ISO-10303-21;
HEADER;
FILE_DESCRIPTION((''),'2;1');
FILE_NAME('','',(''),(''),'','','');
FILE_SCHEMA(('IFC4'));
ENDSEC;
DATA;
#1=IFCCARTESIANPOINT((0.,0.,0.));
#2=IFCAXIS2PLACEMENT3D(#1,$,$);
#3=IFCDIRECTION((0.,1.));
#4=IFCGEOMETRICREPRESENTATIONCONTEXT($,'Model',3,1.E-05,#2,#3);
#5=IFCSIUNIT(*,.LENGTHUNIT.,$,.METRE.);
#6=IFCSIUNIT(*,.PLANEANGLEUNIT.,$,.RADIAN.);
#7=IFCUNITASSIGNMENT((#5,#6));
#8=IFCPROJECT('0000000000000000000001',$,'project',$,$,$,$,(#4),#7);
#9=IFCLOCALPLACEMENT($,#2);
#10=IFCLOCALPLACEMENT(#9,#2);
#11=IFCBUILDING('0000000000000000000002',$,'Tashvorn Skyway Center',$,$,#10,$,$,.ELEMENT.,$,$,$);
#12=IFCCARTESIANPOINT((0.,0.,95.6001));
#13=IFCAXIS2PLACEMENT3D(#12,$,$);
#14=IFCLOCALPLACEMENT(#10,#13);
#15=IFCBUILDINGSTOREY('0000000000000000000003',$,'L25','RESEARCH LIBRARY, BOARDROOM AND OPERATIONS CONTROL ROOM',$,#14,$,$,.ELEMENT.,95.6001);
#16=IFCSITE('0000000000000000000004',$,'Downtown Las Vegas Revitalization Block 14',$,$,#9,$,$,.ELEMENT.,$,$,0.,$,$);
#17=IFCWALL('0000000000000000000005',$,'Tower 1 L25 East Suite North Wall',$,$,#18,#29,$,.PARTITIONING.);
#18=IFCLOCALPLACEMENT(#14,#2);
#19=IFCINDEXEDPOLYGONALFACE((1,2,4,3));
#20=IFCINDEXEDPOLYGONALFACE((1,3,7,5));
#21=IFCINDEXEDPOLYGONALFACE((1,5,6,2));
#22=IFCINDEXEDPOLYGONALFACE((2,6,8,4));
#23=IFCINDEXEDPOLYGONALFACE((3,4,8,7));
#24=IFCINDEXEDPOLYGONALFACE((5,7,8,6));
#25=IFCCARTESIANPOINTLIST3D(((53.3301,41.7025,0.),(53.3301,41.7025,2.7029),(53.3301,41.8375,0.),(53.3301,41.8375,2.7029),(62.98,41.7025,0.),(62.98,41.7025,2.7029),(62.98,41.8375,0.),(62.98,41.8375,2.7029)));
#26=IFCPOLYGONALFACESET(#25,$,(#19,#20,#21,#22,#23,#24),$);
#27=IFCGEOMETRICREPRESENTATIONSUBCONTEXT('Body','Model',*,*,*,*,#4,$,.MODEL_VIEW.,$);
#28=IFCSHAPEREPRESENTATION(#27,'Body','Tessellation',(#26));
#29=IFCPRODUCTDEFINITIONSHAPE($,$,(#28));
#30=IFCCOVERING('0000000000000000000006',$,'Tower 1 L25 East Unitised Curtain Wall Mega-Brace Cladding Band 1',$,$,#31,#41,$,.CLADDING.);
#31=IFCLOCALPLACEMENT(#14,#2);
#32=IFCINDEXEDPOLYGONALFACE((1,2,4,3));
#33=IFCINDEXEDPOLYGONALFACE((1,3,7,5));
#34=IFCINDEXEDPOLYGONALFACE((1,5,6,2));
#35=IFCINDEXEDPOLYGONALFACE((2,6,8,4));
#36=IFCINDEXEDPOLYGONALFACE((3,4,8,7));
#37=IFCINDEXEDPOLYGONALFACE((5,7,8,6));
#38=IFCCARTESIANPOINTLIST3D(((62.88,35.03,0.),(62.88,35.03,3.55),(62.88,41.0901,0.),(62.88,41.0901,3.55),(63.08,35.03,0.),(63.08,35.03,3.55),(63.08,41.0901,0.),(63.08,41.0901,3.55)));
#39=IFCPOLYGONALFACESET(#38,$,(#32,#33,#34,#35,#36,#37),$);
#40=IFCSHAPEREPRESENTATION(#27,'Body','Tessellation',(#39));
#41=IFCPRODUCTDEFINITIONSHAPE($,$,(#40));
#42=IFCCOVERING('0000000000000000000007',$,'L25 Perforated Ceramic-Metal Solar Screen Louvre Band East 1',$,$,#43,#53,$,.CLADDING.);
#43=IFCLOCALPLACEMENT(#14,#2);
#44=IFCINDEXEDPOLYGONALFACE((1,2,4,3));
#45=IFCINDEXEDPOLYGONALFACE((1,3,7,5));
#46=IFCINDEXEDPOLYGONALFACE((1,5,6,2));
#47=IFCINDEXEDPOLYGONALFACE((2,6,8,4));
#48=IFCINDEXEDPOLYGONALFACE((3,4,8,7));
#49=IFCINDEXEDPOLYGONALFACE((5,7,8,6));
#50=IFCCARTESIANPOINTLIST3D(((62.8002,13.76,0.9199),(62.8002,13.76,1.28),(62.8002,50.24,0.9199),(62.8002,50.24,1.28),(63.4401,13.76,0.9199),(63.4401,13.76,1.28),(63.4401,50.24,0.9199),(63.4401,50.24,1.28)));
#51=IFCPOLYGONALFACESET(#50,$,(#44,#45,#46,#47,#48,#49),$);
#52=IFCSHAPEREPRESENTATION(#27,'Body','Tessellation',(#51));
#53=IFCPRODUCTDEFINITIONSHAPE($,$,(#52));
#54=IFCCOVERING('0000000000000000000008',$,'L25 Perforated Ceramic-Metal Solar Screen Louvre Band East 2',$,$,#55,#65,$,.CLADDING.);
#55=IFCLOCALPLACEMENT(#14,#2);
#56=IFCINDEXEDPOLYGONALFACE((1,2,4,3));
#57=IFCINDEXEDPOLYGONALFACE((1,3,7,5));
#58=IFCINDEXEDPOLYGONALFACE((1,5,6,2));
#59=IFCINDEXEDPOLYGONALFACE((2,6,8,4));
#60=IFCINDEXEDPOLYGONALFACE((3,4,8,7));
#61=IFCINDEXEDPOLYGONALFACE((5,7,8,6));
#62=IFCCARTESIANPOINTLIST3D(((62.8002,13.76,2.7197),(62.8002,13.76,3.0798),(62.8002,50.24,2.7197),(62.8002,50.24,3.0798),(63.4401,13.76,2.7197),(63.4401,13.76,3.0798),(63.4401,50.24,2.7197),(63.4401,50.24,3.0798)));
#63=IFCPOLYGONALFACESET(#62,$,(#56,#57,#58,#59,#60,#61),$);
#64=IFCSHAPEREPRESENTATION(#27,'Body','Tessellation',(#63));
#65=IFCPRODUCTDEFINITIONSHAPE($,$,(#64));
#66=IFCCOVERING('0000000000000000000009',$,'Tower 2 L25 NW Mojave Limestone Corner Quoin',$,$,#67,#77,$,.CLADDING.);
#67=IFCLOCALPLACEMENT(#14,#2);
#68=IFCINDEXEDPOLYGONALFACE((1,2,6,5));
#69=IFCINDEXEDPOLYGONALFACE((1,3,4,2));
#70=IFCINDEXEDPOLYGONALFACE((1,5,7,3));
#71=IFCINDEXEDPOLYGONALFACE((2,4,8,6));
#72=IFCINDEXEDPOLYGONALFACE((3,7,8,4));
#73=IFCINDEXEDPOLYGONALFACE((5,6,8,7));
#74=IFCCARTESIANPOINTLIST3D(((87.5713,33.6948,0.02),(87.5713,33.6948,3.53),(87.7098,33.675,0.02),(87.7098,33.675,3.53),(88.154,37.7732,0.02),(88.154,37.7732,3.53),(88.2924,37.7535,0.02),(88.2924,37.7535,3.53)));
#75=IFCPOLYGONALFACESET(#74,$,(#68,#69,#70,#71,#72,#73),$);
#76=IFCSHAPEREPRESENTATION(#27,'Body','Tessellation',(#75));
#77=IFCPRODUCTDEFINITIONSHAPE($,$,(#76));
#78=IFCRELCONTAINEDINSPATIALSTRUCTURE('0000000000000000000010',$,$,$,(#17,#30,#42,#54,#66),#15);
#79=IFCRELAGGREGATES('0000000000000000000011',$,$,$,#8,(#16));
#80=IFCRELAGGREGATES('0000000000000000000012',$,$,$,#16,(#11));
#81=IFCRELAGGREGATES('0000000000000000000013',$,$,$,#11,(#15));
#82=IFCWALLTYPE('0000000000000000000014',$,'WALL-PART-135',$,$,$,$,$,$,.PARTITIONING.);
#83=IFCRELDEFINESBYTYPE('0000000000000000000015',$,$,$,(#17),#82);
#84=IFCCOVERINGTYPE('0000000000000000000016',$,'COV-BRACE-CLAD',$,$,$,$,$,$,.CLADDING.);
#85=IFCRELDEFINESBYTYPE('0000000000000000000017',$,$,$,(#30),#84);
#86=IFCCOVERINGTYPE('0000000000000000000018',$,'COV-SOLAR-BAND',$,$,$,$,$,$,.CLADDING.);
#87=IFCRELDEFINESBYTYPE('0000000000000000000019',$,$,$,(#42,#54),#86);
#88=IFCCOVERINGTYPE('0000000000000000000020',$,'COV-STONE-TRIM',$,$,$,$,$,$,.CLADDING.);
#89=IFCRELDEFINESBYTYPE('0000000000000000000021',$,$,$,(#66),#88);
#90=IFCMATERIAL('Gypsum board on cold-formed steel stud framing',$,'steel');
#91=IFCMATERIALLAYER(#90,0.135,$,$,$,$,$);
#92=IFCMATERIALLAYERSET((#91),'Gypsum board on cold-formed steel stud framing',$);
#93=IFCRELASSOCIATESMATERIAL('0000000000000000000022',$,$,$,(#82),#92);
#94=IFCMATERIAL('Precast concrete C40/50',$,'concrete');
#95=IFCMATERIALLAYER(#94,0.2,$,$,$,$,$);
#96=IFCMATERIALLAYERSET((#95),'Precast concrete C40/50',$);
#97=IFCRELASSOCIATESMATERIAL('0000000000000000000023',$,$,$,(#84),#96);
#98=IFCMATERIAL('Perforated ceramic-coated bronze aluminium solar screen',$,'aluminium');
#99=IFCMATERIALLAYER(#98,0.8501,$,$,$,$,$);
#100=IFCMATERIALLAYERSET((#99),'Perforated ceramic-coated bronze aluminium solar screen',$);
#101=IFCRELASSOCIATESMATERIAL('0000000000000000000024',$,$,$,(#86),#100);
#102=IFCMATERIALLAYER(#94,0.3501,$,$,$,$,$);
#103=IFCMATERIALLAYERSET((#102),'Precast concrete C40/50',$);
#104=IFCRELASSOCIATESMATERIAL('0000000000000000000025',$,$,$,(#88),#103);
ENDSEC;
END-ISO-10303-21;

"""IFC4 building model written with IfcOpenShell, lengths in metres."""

from ifc_helpers import new_model, si_unit, direction, frame, frame_2d, origin, origin_2d, place, context, subcontext, project, spatial, rectangle, extrude, material, layer, layer_set, type_object, element, save


model = new_model("IFC4")

# Units and contexts
model_context = context("Model", 3, precision=1e-05, world=origin(), true_north=direction((0.0, 1.0)))
body_context = subcontext(model_context, "Body", "Model", "MODEL_VIEW")
ifc_project = project(units=[si_unit("LENGTHUNIT", "METRE"), si_unit("PLANEANGLEUNIT", "RADIAN")], contexts=[model_context])

# Site, building, storey
site_placement = place(None, origin())
site = spatial("IfcSite", under=ifc_project, at=site_placement, Name="Downtown Las Vegas Revitalization Block 14", CompositionType="ELEMENT", RefElevation=0.0)
building_placement = place(site_placement, origin())
building = spatial("IfcBuilding", under=site, at=building_placement, Name="Tashvorn Skyway Center", CompositionType="ELEMENT")
storey_placement = place(building_placement, frame((0.0, 0.0, 95.6001)))
storey = spatial("IfcBuildingStorey", under=building, at=storey_placement, Name="L25", Description="RESEARCH LIBRARY, BOARDROOM AND OPERATIONS CONTROL ROOM", CompositionType="ELEMENT", Elevation=95.6001)

# Wall
ifc_material_1 = material(Name="Precast concrete C40/50", Category="concrete")
ifc_material_2 = material(Name="Gypsum board on cold-formed steel stud framing", Category="steel")
ifc_layer_1 = layer(ifc_material_2, 0.135)
ifc_layer_set_1 = layer_set([ifc_layer_1], Name="Gypsum board on cold-formed steel stud framing")
wall_type_1 = type_object("IfcWallType", Name="WALL-PART-135", PredefinedType="PARTITIONING", material=ifc_layer_set_1)
wall_1_placement = place(storey_placement, frame((62.98, 41.77, 0.0), z_axis=(0.0, 0.0, 1.0), x_axis=(-1.0, 0.0, 0.0)))
element("IfcWall", 1, at=wall_1_placement, inside=storey, type_object=wall_type_1, Name="Tower 1 L25 East Suite North Wall", PredefinedType="PARTITIONING", context=body_context, shape_type="SweptSolid", body=[
    extrude(rectangle(XDim=9.6499, YDim=0.135, at=frame_2d((4.825, 0.0))), origin(), (0.0, 0.0, 1.0), 2.7029),
])

# Coverings
ifc_layer_2 = layer(ifc_material_1, 0.2)
ifc_layer_set_2 = layer_set([ifc_layer_2], Name="Precast concrete C40/50")
covering_type_1 = type_object("IfcCoveringType", Name="COV-BRACE-CLAD", PredefinedType="CLADDING", material=ifc_layer_set_2)
covering_1_placement = place(storey_placement, frame((62.98, 38.0601, 0.0), z_axis=(0.0, 0.0, 1.0), x_axis=(0.0, -1.0, 0.0)))
element("IfcCovering", 2, at=covering_1_placement, inside=storey, type_object=covering_type_1, Name="Tower 1 L25 East Unitised Curtain Wall Mega-Brace Cladding Band 1", PredefinedType="CLADDING", context=body_context, shape_type="SweptSolid", body=[
    extrude(rectangle(XDim=6.0601, YDim=0.2, at=origin_2d()), origin(), (0.0, 0.0, 1.0), 3.55),
])
ifc_material_3 = material(Name="Perforated ceramic-coated bronze aluminium solar screen", Category="aluminium")
ifc_layer_3 = layer(ifc_material_3, 0.8501)
ifc_layer_set_3 = layer_set([ifc_layer_3], Name="Perforated ceramic-coated bronze aluminium solar screen")
covering_type_2 = type_object("IfcCoveringType", Name="COV-SOLAR-BAND", PredefinedType="CLADDING", material=ifc_layer_set_3)
for number, where, z_axis, x_axis, name in (
    (3, (63.1201, 32.0, 0.9199), (0.0, 0.0, 1.0), (0.0, -1.0, 0.0), "L25 Perforated Ceramic-Metal Solar Screen Louvre Band East 1"),
    (4, (63.1201, 32.0, 2.7197), (0.0, 0.0, 1.0), (0.0, -1.0, 0.0), "L25 Perforated Ceramic-Metal Solar Screen Louvre Band East 2"),
):
    element("IfcCovering", number, at=place(storey_placement, frame(where, z_axis=z_axis, x_axis=x_axis)), inside=storey, type_object=covering_type_2, Name=name, PredefinedType="CLADDING", context=body_context, shape_type="SweptSolid", body=[
        extrude(rectangle(XDim=36.48, YDim=0.6399, at=origin_2d()), origin(), (0.0, 0.0, 1.0), 0.3601),
    ])
ifc_layer_4 = layer(ifc_material_1, 0.3501)
ifc_layer_set_4 = layer_set([ifc_layer_4], Name="Precast concrete C40/50")
covering_type_3 = type_object("IfcCoveringType", Name="COV-STONE-TRIM", PredefinedType="CLADDING", material=ifc_layer_set_4)
covering_2_placement = place(storey_placement, frame((87.9319, 35.7241, 0.02), z_axis=(0.0, 0.0, 1.0), x_axis=(-0.141421, -0.989949, 0.0)))
element("IfcCovering", 5, at=covering_2_placement, inside=storey, type_object=covering_type_3, Name="Tower 2 L25 NW Mojave Limestone Corner Quoin", PredefinedType="CLADDING", context=body_context, shape_type="SweptSolid", body=[
    extrude(rectangle(XDim=4.1199, YDim=0.1399, at=origin_2d()), origin(), (0.0, 0.0, 1.0), 3.51),
])

save(model, "model.ifc")
